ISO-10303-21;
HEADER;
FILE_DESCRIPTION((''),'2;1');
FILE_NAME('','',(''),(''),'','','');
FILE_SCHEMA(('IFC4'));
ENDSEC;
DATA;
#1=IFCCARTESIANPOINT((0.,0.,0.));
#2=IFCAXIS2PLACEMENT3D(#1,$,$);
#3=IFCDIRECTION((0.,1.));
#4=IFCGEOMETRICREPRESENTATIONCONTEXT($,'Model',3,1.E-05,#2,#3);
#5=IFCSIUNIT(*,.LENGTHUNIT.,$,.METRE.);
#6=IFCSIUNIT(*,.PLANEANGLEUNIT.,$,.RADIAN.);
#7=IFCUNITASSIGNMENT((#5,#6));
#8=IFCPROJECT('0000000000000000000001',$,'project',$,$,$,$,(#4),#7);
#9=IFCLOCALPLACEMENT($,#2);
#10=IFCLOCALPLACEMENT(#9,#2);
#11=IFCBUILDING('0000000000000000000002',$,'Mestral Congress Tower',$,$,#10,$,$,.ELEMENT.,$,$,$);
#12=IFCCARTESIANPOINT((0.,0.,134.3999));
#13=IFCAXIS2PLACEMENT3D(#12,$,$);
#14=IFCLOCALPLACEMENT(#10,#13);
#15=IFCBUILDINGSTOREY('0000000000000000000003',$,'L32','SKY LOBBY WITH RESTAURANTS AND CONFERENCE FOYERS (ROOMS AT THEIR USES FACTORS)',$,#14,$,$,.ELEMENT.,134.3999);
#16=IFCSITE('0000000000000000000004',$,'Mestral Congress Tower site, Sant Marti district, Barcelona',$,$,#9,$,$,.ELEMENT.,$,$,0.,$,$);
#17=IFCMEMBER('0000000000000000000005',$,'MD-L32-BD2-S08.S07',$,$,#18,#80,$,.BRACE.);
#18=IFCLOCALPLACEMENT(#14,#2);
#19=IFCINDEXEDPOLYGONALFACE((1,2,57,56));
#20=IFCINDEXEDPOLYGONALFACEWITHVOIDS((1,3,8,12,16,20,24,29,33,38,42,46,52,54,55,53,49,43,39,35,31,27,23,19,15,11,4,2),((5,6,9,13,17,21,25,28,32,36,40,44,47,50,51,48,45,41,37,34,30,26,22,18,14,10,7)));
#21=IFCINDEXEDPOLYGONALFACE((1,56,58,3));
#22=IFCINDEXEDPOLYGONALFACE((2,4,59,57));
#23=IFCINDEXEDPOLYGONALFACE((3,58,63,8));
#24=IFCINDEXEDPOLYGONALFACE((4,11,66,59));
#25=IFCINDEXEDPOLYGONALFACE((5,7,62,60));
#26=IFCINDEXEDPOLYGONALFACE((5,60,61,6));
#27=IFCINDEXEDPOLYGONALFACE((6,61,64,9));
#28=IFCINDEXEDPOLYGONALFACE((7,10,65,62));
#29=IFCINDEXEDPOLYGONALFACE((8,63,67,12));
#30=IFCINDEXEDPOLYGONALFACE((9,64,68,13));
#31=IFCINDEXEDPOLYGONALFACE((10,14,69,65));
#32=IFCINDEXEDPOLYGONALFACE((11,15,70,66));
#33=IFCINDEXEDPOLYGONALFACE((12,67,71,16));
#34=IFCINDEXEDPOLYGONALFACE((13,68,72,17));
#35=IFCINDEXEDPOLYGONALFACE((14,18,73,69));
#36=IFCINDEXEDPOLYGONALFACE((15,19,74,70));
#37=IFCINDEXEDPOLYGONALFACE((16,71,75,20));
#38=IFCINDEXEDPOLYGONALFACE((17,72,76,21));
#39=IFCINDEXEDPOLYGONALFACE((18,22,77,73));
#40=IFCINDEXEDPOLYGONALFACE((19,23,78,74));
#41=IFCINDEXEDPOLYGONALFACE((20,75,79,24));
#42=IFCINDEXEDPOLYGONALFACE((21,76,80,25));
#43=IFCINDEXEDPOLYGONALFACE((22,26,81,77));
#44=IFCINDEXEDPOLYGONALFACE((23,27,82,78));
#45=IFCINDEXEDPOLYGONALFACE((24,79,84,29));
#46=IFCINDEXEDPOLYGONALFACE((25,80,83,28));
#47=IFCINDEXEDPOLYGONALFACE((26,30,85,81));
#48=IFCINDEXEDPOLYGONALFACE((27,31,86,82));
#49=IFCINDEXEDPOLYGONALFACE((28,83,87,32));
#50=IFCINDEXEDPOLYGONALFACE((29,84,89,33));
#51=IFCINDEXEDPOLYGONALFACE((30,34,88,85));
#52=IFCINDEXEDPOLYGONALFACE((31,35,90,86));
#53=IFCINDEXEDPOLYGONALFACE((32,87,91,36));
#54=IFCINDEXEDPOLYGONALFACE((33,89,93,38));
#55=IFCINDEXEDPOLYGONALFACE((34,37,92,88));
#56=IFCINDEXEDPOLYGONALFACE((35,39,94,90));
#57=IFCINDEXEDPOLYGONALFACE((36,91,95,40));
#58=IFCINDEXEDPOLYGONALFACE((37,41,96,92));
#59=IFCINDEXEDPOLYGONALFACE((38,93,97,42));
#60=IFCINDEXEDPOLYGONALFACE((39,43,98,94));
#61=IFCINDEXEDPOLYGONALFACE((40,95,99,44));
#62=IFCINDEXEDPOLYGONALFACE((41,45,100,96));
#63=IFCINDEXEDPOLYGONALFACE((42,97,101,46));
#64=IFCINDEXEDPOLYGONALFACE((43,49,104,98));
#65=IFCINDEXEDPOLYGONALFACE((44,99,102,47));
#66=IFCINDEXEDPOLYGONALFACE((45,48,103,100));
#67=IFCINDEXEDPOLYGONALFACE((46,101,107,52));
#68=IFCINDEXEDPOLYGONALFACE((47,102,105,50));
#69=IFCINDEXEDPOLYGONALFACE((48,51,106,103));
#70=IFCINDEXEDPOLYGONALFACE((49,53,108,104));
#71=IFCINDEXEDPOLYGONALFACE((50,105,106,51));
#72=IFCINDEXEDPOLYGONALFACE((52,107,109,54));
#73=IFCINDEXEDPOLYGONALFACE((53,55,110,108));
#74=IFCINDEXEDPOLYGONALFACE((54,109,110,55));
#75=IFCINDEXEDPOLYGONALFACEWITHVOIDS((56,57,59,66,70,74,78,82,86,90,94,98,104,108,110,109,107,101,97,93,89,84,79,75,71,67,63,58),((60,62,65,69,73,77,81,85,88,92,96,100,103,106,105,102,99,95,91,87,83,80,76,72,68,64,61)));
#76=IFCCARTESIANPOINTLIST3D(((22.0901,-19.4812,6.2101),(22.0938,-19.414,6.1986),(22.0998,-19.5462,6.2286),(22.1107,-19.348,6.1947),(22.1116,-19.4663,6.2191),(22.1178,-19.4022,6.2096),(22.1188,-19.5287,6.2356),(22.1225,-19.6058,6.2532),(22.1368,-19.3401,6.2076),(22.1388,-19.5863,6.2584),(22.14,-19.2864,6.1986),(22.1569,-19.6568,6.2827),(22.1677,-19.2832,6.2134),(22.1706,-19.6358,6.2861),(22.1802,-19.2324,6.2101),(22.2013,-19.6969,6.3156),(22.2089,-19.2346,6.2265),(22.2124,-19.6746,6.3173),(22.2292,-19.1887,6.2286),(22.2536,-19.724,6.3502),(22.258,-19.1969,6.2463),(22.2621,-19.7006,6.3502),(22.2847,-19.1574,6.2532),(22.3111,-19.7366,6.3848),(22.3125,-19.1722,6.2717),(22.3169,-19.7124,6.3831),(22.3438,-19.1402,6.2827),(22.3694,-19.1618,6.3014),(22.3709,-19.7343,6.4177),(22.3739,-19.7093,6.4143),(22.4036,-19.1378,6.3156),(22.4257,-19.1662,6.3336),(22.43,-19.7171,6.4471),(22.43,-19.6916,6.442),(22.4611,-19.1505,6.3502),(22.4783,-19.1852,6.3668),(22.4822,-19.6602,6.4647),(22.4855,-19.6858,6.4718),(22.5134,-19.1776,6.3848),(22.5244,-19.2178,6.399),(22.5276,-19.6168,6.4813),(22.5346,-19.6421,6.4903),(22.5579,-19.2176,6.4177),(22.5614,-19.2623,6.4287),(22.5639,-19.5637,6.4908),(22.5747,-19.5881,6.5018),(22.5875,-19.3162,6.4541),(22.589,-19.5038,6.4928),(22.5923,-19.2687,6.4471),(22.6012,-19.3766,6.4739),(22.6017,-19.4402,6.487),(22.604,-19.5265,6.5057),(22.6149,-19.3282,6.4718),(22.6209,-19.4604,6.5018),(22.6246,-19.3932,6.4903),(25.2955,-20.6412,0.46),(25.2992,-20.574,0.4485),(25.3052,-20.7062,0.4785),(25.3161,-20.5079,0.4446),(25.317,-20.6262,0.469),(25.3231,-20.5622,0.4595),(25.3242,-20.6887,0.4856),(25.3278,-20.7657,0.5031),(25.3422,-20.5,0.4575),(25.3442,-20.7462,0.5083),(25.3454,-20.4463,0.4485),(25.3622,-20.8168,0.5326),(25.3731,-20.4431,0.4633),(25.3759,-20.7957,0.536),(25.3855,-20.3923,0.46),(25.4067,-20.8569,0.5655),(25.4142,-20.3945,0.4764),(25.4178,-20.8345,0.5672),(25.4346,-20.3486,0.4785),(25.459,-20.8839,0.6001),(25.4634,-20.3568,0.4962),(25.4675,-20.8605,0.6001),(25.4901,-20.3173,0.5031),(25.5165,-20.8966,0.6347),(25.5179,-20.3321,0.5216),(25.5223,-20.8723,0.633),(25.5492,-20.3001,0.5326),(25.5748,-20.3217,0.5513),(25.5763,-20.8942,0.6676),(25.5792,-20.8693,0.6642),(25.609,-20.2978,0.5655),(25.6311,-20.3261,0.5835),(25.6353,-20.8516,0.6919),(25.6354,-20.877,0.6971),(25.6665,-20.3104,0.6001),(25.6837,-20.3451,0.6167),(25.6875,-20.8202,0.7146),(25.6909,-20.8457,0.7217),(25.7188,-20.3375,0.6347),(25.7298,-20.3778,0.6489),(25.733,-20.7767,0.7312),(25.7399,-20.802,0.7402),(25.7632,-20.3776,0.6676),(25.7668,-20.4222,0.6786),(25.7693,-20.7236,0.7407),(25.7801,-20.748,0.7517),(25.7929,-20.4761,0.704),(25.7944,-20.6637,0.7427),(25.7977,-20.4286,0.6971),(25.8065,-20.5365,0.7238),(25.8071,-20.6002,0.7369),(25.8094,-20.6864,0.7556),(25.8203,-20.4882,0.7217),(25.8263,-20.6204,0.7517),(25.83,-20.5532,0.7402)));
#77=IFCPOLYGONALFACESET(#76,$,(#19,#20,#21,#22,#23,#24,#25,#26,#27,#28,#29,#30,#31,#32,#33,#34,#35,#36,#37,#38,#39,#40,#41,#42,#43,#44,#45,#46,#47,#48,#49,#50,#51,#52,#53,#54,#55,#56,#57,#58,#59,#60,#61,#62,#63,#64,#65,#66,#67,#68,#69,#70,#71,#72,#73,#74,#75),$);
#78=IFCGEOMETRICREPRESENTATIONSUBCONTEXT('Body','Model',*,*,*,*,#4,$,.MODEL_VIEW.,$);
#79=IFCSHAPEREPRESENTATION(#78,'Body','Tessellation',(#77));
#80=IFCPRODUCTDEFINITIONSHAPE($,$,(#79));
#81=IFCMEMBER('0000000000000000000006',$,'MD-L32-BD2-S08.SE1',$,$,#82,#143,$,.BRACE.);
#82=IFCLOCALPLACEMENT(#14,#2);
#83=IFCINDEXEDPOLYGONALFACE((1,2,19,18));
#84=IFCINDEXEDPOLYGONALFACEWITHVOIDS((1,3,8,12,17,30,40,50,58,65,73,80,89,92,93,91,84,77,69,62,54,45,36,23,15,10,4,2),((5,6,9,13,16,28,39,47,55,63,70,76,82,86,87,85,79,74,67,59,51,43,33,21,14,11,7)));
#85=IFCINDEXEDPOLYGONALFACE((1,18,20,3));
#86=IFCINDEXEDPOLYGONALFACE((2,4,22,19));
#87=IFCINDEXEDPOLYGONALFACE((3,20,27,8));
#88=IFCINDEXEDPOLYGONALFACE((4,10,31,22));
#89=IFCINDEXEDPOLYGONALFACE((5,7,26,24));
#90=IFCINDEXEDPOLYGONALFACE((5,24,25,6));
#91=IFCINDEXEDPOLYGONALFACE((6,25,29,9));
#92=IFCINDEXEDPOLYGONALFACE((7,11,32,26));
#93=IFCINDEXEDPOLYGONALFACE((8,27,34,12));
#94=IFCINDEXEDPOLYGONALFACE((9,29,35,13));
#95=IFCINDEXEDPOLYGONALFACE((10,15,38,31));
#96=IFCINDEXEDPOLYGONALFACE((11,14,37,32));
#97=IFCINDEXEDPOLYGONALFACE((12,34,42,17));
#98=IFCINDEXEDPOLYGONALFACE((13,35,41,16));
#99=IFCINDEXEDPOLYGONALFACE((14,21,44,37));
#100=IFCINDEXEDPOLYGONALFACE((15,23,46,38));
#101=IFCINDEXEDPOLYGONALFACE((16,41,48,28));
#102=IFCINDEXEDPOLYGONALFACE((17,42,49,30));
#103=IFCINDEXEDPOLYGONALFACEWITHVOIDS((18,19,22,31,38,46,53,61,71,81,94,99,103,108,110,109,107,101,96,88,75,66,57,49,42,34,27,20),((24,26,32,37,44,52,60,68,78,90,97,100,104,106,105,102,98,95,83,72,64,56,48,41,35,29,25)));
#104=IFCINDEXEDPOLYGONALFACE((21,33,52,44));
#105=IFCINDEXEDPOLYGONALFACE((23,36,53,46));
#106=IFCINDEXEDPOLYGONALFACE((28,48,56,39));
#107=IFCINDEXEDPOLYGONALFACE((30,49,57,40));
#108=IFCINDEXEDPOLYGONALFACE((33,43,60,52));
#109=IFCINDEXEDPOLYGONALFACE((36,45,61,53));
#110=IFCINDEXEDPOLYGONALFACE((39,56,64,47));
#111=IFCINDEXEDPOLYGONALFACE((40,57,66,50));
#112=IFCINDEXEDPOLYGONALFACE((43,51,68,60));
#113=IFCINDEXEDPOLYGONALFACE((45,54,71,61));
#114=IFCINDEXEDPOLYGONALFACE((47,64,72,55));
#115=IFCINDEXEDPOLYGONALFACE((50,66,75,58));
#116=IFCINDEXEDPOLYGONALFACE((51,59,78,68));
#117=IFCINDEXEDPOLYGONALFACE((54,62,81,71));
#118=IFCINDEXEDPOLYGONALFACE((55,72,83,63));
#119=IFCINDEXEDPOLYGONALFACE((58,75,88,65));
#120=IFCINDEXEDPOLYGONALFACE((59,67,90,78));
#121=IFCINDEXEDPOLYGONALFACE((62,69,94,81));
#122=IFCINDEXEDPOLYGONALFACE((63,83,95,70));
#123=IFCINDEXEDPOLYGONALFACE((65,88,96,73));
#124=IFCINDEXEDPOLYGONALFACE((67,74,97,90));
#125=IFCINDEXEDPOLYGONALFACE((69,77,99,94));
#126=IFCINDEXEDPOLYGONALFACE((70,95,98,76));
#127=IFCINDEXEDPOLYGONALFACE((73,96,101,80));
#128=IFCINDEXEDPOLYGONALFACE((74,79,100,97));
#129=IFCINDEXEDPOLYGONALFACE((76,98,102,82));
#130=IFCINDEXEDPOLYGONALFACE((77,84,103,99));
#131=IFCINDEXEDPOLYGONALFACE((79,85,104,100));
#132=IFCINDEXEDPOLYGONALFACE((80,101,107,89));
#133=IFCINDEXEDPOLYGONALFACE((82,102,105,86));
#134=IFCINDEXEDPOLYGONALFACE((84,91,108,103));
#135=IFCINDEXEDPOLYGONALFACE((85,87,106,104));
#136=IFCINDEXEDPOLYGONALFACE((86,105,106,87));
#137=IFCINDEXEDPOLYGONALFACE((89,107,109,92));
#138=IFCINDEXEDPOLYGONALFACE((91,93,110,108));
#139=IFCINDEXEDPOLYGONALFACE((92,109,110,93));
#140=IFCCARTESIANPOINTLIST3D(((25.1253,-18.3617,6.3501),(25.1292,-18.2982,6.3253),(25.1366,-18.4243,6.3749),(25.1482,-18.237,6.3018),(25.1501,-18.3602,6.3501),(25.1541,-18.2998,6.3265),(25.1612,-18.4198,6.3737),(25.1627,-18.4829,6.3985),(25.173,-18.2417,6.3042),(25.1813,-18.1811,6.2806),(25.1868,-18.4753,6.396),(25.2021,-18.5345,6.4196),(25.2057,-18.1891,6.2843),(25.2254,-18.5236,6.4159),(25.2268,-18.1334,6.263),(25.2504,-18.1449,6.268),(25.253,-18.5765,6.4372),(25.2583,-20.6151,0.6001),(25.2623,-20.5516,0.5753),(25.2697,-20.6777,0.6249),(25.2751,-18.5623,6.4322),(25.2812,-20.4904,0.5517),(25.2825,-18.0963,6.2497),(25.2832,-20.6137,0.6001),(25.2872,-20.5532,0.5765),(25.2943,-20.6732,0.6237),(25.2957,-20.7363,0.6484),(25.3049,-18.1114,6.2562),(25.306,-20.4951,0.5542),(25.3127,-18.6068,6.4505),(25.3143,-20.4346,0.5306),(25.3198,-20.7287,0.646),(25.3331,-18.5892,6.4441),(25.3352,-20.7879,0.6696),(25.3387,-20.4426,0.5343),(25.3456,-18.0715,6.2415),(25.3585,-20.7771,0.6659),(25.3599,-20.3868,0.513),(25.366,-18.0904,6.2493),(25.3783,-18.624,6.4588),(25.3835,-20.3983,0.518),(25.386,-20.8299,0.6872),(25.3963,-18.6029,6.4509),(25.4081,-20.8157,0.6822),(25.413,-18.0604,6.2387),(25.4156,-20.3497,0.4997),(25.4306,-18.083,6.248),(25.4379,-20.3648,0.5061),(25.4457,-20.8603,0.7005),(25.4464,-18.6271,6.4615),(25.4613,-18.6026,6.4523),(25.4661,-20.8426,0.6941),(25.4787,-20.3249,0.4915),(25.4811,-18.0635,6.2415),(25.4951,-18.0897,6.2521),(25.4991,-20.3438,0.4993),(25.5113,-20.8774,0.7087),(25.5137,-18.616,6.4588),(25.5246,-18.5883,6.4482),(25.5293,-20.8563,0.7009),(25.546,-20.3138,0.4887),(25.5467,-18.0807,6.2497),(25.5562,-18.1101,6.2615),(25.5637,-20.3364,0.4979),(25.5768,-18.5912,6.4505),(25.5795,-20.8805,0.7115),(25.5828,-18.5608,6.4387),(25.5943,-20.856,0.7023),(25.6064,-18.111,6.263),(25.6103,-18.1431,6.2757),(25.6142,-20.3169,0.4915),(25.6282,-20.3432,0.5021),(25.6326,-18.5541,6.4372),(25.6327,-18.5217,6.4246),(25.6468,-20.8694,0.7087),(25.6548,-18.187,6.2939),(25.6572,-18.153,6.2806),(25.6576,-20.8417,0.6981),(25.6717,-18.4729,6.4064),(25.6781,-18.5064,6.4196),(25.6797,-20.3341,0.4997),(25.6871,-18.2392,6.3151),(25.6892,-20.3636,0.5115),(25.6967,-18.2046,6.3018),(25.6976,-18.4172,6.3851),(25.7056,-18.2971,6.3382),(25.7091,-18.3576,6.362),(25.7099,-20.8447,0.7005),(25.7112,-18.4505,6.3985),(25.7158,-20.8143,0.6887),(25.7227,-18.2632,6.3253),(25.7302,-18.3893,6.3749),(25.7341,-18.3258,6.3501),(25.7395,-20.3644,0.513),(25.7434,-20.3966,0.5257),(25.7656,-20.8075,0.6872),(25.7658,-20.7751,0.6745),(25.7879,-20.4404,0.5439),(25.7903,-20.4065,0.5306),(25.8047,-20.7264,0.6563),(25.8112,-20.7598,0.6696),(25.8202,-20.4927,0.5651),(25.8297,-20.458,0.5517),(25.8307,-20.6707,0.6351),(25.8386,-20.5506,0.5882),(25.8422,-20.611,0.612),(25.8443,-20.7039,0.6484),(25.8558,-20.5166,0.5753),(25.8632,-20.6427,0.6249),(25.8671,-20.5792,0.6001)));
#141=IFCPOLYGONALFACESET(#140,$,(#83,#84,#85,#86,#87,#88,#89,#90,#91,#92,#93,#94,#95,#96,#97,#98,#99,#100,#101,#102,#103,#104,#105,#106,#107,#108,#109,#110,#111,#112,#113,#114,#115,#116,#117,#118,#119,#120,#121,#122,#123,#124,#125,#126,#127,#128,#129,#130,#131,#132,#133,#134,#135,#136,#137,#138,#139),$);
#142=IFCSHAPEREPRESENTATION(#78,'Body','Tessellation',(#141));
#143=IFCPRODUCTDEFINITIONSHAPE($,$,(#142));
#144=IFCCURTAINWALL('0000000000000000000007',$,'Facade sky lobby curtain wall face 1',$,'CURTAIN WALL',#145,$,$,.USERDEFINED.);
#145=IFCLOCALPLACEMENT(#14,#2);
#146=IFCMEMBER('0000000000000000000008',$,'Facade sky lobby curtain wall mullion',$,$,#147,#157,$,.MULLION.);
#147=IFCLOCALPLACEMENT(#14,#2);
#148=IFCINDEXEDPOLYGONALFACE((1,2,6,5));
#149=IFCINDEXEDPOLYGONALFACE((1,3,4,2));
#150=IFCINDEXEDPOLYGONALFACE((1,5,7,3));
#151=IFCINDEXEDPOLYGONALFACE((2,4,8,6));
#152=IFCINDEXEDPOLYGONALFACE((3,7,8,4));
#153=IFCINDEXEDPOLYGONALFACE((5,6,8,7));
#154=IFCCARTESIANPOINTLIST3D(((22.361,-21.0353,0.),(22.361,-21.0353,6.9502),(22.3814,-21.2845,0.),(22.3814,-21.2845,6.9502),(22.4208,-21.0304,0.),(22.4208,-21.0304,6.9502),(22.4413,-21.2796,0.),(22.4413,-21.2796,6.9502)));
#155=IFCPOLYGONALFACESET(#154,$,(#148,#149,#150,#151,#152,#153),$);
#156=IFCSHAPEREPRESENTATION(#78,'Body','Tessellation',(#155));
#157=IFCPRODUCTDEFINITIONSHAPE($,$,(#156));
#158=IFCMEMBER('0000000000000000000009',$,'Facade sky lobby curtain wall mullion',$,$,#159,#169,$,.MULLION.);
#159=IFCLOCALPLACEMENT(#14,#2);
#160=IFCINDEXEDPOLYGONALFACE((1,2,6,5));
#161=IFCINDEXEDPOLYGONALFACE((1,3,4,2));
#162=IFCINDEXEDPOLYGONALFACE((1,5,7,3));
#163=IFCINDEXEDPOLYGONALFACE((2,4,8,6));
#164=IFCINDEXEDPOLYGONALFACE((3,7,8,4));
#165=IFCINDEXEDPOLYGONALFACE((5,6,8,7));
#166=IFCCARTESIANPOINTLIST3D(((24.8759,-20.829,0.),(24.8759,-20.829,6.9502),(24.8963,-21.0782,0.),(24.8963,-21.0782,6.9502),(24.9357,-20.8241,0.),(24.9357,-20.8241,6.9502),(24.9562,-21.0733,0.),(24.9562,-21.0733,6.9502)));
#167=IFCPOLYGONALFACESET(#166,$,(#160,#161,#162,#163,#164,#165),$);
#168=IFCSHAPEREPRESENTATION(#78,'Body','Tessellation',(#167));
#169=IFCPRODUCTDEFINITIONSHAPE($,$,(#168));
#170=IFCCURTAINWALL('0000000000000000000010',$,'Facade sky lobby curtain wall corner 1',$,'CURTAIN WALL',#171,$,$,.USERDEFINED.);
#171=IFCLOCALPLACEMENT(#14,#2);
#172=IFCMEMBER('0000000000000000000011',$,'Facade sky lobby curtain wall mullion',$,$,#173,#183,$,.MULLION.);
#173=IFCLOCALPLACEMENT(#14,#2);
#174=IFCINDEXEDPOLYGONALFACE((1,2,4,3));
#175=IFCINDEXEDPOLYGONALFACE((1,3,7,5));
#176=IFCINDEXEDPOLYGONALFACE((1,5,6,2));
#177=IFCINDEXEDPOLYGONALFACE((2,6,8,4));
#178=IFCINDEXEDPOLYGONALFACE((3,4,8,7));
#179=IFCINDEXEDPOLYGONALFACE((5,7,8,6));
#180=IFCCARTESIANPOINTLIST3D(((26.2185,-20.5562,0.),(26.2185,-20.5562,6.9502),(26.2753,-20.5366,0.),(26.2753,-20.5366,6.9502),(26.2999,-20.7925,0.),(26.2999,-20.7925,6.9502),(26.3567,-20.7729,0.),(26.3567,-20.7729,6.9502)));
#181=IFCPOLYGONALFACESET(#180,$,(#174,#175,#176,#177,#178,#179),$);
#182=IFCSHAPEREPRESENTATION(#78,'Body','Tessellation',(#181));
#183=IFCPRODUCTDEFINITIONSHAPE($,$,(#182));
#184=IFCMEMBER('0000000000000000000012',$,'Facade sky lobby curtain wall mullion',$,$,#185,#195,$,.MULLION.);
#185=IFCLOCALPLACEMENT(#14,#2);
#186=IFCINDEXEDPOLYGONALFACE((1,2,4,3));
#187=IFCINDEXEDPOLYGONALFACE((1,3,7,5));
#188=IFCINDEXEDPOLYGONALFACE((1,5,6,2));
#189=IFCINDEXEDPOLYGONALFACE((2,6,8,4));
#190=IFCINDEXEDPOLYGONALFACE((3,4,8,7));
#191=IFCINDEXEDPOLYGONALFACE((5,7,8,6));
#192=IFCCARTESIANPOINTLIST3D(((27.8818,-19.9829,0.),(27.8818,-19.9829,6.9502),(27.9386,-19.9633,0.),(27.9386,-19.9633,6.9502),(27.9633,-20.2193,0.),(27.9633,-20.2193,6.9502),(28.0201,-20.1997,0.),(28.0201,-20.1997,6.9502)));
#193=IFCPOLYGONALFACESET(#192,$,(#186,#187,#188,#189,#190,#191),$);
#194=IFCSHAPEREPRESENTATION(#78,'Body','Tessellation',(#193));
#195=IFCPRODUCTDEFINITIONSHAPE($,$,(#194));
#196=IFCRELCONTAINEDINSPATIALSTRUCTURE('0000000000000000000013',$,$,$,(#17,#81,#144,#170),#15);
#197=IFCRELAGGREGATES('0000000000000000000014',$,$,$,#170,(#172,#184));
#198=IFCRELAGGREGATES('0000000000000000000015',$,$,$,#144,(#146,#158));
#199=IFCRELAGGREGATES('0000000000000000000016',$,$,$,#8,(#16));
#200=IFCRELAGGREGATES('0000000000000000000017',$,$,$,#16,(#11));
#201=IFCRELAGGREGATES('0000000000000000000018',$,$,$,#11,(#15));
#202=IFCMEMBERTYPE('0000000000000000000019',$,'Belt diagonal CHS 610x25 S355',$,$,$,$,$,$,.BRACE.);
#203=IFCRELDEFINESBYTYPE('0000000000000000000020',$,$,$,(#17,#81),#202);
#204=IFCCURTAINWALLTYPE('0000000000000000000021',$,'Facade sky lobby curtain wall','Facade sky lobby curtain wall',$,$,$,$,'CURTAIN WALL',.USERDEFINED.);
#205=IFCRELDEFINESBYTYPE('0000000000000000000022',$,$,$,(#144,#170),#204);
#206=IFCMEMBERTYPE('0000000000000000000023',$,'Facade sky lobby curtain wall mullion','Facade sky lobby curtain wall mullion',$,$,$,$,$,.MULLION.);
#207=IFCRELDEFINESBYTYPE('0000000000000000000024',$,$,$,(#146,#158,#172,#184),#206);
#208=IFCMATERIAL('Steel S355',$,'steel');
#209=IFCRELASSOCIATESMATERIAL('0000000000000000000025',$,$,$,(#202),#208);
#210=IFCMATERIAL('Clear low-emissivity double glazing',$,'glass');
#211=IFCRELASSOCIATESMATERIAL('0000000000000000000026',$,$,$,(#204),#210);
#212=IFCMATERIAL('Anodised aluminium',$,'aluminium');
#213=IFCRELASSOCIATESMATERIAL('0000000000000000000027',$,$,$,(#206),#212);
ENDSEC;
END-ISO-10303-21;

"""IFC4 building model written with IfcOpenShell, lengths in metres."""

from ifc_helpers import new_model, si_unit, direction, frame, origin, origin_2d, place, context, subcontext, project, spatial, rectangle, hollow_circle, extrude, material, material_profile, profile_set, type_object, element, aggregate, save


model = new_model("IFC4")

# Units and contexts
model_context = context("Model", 3, precision=1e-05, world=origin(), true_north=direction((0.0, 1.0)))
body_context = subcontext(model_context, "Body", "Model", "MODEL_VIEW")
ifc_project = project(units=[si_unit("LENGTHUNIT", "METRE"), si_unit("PLANEANGLEUNIT", "RADIAN")], contexts=[model_context])

# Site, building, storey
site_placement = place(None, origin())
site = spatial("IfcSite", under=ifc_project, at=site_placement, Name="Mestral Congress Tower site, Sant Marti district, Barcelona", CompositionType="ELEMENT", RefElevation=0.0)
building_placement = place(site_placement, origin())
building = spatial("IfcBuilding", under=site, at=building_placement, Name="Mestral Congress Tower", CompositionType="ELEMENT")
storey_placement = place(building_placement, frame((0.0, 0.0, 134.3999)))
storey = spatial("IfcBuildingStorey", under=building, at=storey_placement, Name="L32", Description="SKY LOBBY WITH RESTAURANTS AND CONFERENCE FOYERS (ROOMS AT THEIR USES FACTORS)", CompositionType="ELEMENT", Elevation=134.3999)

# Members
ifc_material_1 = material(Name="Steel S355", Category="steel")
ifc_material_profile_1 = material_profile(ifc_material_1, hollow_circle(Radius=0.3049, WallThickness=0.0249, at=origin_2d()), Name="CHS 610x25")
ifc_profile_set_1 = profile_set([ifc_material_profile_1], Name="Steel S355")
member_type_1 = type_object("IfcMemberType", Name="Belt diagonal CHS 610x25 S355", PredefinedType="BRACE", material=ifc_profile_set_1)
member_1_placement = place(storey_placement, frame((25.5627, -20.5972, 0.6001), z_axis=(-0.479519, 0.173524, 0.860204), x_axis=(-0.340276, -0.940326, 0.0)))
element("IfcMember", 1, at=member_1_placement, inside=storey, type_object=member_type_1, Name="MD-L32-BD2-S08.S07", PredefinedType="BRACE", context=body_context, shape_type="SweptSolid", body=[
    extrude(hollow_circle(Radius=0.3049, WallThickness=0.0249, at=origin_2d()), origin(), (0.0, 0.0, 1.0), 6.6846),
])
member_2_placement = place(storey_placement, frame((25.5627, -20.5972, 0.6001), z_axis=(-0.02154, 0.364795, 0.930839), x_axis=(-0.998261, -0.058944, 0.0)))
element("IfcMember", 2, at=member_2_placement, inside=storey, type_object=member_type_1, Name="MD-L32-BD2-S08.SE1", PredefinedType="BRACE", context=body_context, shape_type="SweptSolid", body=[
    extrude(hollow_circle(Radius=0.3049, WallThickness=0.0249, at=origin_2d()), origin(), (0.0, 0.0, 1.0), 6.1772),
])

# Curtain walls, members
ifc_material_2 = material(Name="Clear low-emissivity double glazing", Category="glass")
curtain_wall_type = type_object("IfcCurtainWallType", Name="Facade sky lobby curtain wall", Description="Facade sky lobby curtain wall", ElementType="CURTAIN WALL", PredefinedType="USERDEFINED", material=ifc_material_2)
placement = place(storey_placement, origin())
curtain_wall_1 = element("IfcCurtainWall", 3, at=placement, inside=storey, type_object=curtain_wall_type, Name="Facade sky lobby curtain wall face 1", ObjectType="CURTAIN WALL", PredefinedType="USERDEFINED")
ifc_material_3 = material(Name="Anodised aluminium", Category="aluminium")
ifc_material_profile_2 = material_profile(ifc_material_3, rectangle(XDim=0.25, YDim=0.0601, at=origin_2d()), Name="CW1 mullion 250 x 60")
ifc_profile_set_2 = profile_set([ifc_material_profile_2], Name="Anodised aluminium")
member_type_2 = type_object("IfcMemberType", Name="Facade sky lobby curtain wall mullion", Description="Facade sky lobby curtain wall mullion", PredefinedType="MULLION", material=ifc_profile_set_2)
member_3_placement = place(storey_placement, frame((22.4011, -21.1575, 0.0), z_axis=(0.0, 0.0, 1.0), x_axis=(0.081758, -0.996652, 0.0)))
member_3 = element("IfcMember", 4, at=member_3_placement, type_object=member_type_2, Name="Facade sky lobby curtain wall mullion", PredefinedType="MULLION", context=body_context, shape_type="SweptSolid", body=[
    extrude(rectangle(XDim=0.25, YDim=0.0601, at=origin_2d()), origin(), (0.0, 0.0, 1.0), 6.9502),
])
member_4_placement = place(storey_placement, frame((24.916, -20.9512, 0.0), z_axis=(0.0, 0.0, 1.0), x_axis=(0.081758, -0.996652, 0.0)))
member_4 = element("IfcMember", 5, at=member_4_placement, type_object=member_type_2, Name="Facade sky lobby curtain wall mullion", PredefinedType="MULLION", context=body_context, shape_type="SweptSolid", body=[
    extrude(rectangle(XDim=0.25, YDim=0.0601, at=origin_2d()), origin(), (0.0, 0.0, 1.0), 6.9502),
])
curtain_wall_2 = element("IfcCurtainWall", 6, at=placement, inside=storey, type_object=curtain_wall_type, Name="Facade sky lobby curtain wall corner 1", ObjectType="CURTAIN WALL", PredefinedType="USERDEFINED")
member_5_placement = place(storey_placement, frame((26.2876, -20.6646, 0.0), z_axis=(0.0, 0.0, 1.0), x_axis=(0.325887, -0.945409, 0.0)))
member_5 = element("IfcMember", 7, at=member_5_placement, type_object=member_type_2, Name="Facade sky lobby curtain wall mullion", PredefinedType="MULLION", context=body_context, shape_type="SweptSolid", body=[
    extrude(rectangle(XDim=0.25, YDim=0.0601, at=origin_2d()), origin(), (0.0, 0.0, 1.0), 6.9502),
])
member_6_placement = place(storey_placement, frame((27.9509, -20.0913, 0.0), z_axis=(0.0, 0.0, 1.0), x_axis=(0.325887, -0.945409, 0.0)))
member_6 = element("IfcMember", 8, at=member_6_placement, type_object=member_type_2, Name="Facade sky lobby curtain wall mullion", PredefinedType="MULLION", context=body_context, shape_type="SweptSolid", body=[
    extrude(rectangle(XDim=0.25, YDim=0.0601, at=origin_2d()), origin(), (0.0, 0.0, 1.0), 6.9502),
])

aggregate(curtain_wall_2, [member_5, member_6])

aggregate(curtain_wall_1, [member_3, member_4])

save(model, "model.ifc")
